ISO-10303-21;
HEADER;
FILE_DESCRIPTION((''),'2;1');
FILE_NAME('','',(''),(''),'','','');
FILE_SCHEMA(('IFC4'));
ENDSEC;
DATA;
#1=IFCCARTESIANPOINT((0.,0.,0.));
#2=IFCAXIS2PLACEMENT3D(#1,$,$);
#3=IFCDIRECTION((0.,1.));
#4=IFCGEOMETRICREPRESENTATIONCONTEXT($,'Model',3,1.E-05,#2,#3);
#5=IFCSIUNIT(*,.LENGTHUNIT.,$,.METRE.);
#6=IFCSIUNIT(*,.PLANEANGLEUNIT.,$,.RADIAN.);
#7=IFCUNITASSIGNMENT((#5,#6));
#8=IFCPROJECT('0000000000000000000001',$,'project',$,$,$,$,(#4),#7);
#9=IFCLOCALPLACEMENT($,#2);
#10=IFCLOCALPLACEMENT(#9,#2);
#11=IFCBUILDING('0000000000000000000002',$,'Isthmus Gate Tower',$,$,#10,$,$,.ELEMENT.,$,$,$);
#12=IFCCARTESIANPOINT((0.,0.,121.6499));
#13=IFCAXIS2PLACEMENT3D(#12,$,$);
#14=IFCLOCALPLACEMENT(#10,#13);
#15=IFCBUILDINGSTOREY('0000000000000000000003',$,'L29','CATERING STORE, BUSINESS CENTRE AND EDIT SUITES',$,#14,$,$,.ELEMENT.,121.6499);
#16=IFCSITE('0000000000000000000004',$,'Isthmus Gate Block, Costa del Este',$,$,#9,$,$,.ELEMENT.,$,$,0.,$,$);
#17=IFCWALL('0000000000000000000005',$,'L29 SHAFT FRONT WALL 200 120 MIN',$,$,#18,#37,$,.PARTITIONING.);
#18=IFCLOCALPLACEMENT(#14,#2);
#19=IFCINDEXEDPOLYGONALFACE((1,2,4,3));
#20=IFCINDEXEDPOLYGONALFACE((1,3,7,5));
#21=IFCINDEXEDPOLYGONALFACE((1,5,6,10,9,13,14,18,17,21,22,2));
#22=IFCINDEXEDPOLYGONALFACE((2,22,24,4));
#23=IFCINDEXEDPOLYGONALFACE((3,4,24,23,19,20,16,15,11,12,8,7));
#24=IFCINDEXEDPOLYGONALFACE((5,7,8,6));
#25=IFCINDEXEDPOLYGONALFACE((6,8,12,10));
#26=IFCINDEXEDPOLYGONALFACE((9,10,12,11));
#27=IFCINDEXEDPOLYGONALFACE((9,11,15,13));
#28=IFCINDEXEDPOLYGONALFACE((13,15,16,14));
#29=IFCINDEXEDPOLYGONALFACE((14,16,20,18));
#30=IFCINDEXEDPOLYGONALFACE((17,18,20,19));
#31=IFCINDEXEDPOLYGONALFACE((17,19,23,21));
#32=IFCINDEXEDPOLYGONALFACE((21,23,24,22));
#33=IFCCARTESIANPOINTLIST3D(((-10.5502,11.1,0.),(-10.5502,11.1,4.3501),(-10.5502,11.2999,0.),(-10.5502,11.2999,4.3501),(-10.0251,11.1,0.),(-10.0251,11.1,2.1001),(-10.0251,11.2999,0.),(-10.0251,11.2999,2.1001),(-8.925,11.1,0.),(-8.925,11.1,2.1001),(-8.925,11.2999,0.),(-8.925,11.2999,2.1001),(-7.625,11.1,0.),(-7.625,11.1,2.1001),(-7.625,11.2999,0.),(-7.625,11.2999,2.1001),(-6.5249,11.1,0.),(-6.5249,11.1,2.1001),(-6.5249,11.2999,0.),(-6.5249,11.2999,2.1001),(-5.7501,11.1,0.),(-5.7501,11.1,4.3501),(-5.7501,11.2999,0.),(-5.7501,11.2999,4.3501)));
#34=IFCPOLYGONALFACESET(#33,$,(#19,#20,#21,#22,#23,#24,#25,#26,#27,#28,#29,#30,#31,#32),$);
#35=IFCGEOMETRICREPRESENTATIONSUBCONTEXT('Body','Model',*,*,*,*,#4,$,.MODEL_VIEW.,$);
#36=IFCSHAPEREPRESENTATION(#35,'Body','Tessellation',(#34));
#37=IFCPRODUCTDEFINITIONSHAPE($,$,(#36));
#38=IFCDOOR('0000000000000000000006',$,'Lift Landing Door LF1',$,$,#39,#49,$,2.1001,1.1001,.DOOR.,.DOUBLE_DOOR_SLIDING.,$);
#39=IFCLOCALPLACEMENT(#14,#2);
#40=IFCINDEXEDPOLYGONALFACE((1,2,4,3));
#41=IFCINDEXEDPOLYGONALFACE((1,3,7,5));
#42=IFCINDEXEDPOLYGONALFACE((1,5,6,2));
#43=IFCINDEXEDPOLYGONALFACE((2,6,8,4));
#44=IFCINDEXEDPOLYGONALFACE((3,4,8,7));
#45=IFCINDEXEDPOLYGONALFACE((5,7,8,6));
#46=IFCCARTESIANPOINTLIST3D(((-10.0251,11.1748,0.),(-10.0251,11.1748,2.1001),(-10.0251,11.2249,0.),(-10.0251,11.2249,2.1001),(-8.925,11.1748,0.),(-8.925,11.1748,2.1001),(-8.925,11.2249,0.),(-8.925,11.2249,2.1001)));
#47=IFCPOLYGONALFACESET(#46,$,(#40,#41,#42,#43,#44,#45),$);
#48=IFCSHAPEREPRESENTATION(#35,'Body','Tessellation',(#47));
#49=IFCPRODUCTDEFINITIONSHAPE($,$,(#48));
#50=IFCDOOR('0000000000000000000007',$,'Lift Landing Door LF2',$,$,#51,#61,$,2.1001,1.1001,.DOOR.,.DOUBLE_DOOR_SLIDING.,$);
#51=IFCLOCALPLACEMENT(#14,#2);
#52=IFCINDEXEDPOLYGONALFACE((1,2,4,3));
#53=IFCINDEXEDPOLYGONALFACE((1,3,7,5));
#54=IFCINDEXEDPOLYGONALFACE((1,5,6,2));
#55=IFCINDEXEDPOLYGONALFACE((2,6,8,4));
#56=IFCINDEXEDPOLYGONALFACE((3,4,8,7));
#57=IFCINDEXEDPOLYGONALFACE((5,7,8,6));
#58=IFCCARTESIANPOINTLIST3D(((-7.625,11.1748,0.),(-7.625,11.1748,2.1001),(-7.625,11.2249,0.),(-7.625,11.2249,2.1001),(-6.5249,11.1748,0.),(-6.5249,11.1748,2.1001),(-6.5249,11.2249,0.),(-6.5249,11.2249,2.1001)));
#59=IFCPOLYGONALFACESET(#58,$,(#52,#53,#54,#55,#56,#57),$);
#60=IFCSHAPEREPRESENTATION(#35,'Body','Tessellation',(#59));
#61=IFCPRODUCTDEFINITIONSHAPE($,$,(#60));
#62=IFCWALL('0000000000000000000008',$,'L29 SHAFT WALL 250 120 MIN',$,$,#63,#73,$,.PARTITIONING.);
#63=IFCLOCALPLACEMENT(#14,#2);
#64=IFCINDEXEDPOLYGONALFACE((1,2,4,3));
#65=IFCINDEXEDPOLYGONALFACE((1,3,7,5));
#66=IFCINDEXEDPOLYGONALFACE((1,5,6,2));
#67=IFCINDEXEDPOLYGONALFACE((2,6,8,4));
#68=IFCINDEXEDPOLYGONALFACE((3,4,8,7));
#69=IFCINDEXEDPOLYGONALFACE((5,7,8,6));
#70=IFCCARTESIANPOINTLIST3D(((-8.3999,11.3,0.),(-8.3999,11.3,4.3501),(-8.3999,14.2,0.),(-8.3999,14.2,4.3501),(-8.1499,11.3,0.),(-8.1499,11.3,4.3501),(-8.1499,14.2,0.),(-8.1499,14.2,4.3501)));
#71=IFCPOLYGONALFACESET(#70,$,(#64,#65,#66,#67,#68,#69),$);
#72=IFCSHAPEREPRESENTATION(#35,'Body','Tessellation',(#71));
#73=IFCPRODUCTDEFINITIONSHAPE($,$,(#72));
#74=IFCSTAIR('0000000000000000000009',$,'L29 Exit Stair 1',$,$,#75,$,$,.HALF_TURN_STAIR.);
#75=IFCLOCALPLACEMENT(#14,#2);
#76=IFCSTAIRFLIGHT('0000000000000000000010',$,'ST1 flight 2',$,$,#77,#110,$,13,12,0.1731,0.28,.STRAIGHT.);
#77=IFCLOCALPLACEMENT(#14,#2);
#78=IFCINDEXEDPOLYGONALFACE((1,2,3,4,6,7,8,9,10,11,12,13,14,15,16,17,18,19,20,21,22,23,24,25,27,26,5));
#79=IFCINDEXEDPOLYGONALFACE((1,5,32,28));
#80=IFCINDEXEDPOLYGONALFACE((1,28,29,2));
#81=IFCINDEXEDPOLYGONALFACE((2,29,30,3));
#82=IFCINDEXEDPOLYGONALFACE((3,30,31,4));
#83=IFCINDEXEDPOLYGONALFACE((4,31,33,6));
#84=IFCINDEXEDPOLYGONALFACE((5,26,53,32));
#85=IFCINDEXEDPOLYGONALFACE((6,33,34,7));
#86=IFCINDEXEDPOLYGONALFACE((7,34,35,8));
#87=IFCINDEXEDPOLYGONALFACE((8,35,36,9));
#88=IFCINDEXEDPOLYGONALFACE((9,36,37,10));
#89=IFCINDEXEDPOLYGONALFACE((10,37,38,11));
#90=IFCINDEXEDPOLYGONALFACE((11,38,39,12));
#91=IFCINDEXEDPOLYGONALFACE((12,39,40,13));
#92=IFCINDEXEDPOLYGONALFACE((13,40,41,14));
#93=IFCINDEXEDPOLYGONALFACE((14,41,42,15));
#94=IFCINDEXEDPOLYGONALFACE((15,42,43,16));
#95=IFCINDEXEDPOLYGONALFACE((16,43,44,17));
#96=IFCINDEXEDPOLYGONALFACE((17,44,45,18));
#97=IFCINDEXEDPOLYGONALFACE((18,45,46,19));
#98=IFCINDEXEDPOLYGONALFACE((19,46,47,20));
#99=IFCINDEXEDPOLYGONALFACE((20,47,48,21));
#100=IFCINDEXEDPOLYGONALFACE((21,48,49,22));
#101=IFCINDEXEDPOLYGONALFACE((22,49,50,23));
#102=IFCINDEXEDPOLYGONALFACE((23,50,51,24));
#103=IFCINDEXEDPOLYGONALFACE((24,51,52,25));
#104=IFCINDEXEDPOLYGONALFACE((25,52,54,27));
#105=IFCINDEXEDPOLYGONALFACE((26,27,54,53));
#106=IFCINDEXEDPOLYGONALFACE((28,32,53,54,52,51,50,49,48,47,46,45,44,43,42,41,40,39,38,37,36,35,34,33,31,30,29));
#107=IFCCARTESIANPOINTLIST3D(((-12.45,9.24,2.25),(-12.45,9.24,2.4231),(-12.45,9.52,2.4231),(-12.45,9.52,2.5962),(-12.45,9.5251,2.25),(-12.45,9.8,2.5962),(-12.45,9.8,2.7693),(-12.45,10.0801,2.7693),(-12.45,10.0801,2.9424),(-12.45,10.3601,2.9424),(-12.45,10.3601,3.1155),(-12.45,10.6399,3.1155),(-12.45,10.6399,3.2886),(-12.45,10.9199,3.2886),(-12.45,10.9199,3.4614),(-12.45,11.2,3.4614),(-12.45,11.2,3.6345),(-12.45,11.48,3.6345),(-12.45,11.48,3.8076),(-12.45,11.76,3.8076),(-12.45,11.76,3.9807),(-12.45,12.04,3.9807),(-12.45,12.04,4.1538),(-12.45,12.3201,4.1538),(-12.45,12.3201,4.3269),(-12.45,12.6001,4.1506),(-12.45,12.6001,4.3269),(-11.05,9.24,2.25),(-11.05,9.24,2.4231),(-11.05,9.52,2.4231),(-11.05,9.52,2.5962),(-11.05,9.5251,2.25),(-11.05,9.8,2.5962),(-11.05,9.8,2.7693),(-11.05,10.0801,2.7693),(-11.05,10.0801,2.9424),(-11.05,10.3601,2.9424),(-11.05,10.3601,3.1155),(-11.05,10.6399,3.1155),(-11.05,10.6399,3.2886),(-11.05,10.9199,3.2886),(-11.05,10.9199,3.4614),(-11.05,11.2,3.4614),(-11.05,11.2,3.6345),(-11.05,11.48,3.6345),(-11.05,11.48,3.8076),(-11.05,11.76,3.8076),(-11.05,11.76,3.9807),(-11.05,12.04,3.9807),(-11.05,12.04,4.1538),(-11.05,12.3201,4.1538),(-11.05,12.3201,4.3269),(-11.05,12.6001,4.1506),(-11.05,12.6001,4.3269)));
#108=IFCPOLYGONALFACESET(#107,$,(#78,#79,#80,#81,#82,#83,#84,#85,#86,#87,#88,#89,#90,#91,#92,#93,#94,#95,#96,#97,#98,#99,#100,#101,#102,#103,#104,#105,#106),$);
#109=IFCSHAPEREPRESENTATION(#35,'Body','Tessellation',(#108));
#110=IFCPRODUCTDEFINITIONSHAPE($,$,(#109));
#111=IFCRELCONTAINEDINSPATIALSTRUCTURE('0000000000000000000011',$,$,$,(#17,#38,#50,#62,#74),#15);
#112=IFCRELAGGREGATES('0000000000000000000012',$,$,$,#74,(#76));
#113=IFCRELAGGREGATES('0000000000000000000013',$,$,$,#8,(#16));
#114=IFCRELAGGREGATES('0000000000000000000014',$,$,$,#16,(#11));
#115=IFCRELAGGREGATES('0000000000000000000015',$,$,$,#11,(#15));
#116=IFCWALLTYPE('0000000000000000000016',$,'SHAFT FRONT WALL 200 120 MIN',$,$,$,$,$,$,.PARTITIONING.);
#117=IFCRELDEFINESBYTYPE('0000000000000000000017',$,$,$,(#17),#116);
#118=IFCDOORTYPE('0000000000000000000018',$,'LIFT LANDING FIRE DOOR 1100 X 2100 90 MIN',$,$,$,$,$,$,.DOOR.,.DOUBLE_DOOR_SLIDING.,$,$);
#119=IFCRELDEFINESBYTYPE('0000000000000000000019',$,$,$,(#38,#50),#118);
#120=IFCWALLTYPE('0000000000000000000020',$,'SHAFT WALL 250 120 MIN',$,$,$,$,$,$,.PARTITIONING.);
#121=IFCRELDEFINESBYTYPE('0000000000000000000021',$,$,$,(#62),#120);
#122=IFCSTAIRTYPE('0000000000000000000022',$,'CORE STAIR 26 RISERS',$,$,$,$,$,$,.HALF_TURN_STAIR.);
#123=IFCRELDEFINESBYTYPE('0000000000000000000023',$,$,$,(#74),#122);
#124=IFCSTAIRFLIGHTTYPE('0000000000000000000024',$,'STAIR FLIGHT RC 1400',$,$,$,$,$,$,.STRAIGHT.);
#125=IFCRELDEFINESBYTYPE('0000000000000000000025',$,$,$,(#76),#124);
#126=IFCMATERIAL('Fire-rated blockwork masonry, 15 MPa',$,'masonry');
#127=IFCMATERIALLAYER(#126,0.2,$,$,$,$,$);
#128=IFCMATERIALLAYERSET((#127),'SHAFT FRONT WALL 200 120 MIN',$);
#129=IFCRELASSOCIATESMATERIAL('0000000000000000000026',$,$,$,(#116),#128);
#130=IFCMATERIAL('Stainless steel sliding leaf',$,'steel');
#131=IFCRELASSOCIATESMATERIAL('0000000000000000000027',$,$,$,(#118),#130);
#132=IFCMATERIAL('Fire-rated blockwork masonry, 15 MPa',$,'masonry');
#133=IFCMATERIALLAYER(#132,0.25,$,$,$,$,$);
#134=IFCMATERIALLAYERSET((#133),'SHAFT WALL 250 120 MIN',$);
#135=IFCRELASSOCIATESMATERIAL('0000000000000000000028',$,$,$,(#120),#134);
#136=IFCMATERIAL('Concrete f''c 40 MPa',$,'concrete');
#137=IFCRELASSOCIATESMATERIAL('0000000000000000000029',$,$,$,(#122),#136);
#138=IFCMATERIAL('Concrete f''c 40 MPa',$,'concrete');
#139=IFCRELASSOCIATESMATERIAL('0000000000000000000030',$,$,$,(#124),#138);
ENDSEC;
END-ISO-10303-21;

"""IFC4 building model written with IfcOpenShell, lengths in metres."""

from ifc_helpers import new_model, si_unit, direction, frame, frame_2d, origin, place, context, subcontext, project, spatial, polyline, rectangle, outline, extrude, material, layer, layer_set, type_object, element, fill, aggregate, save


model = new_model("IFC4")

# Units and contexts
model_context = context("Model", 3, precision=1e-05, world=origin(), true_north=direction((0.0, 1.0)))
body_context = subcontext(model_context, "Body", "Model", "MODEL_VIEW")
ifc_project = project(units=[si_unit("LENGTHUNIT", "METRE"), si_unit("PLANEANGLEUNIT", "RADIAN")], contexts=[model_context])

# Site, building, storey
site_placement = place(None, origin())
site = spatial("IfcSite", under=ifc_project, at=site_placement, Name="Isthmus Gate Block, Costa del Este", CompositionType="ELEMENT", RefElevation=0.0)
building_placement = place(site_placement, origin())
building = spatial("IfcBuilding", under=site, at=building_placement, Name="Isthmus Gate Tower", CompositionType="ELEMENT")
storey_placement = place(building_placement, frame((0.0, 0.0, 121.6499)))
storey = spatial("IfcBuildingStorey", under=building, at=storey_placement, Name="L29", Description="CATERING STORE, BUSINESS CENTRE AND EDIT SUITES", CompositionType="ELEMENT", Elevation=121.6499)

# Wall, openings, doors
ifc_material_1 = material(Name="Fire-rated blockwork masonry, 15 MPa", Category="masonry")
ifc_layer_1 = layer(ifc_material_1, 0.2)
ifc_layer_set_1 = layer_set([ifc_layer_1], Name="SHAFT FRONT WALL 200 120 MIN")
wall_type_1 = type_object("IfcWallType", Name="SHAFT FRONT WALL 200 120 MIN", PredefinedType="PARTITIONING", material=ifc_layer_set_1)
wall_1_placement = place(storey_placement, frame((-10.55, 11.2, 0.0), z_axis=(0.0, 0.0, 1.0), x_axis=(1.0, 0.0, 0.0)))
wall_1 = element("IfcWall", 1, at=wall_1_placement, inside=storey, type_object=wall_type_1, Name="L29 SHAFT FRONT WALL 200 120 MIN", PredefinedType="PARTITIONING", context=body_context, shape_type="SweptSolid", body=[
    extrude(rectangle(XDim=4.8, YDim=0.2, at=frame_2d((2.3999, 0.0))), origin(), (0.0, 0.0, 1.0), 4.3501),
])
opening_1_placement = place(wall_1_placement, frame((0.5249, 0.0, 0.0)))
opening_1 = element("IfcOpeningElement", 2, at=opening_1_placement, cuts=wall_1, PredefinedType="OPENING", context=body_context, shape_type="SweptSolid", body=[
    extrude(rectangle(XDim=1.1001, YDim=2.1001, at=frame_2d((0.55, 1.05))), frame((0.0, 0.1099, 0.0), z_axis=(0.0, -1.0, 0.0), x_axis=(1.0, 0.0, 0.0)), (0.0, 0.0, 1.0), 0.22),
])
opening_2_placement = place(wall_1_placement, frame((2.925, 0.0, 0.0)))
opening_2 = element("IfcOpeningElement", 3, at=opening_2_placement, cuts=wall_1, PredefinedType="OPENING", context=body_context, shape_type="SweptSolid", body=[
    extrude(rectangle(XDim=1.1001, YDim=2.1001, at=frame_2d((0.55, 1.05))), frame((0.0, 0.1099, 0.0), z_axis=(0.0, -1.0, 0.0), x_axis=(1.0, 0.0, 0.0)), (0.0, 0.0, 1.0), 0.22),
])
ifc_material_2 = material(Name="Stainless steel sliding leaf", Category="steel")
door_type_1 = type_object("IfcDoorType", Name="LIFT LANDING FIRE DOOR 1100 X 2100 90 MIN", OperationType="DOUBLE_DOOR_SLIDING", PredefinedType="DOOR", material=ifc_material_2)
door_1_placement = place(opening_1_placement, origin())
door_1 = element("IfcDoor", 4, at=door_1_placement, inside=storey, type_object=door_type_1, Name="Lift Landing Door LF1", OperationType="DOUBLE_DOOR_SLIDING", OverallHeight=2.1001, OverallWidth=1.1001, PredefinedType="DOOR", context=body_context, shape_type="SweptSolid", body=[
    extrude(rectangle(XDim=1.1001, YDim=2.1001, at=frame_2d((0.55, 1.05))), frame((0.0, 0.0249, 0.0), z_axis=(0.0, -1.0, 0.0), x_axis=(1.0, 0.0, 0.0)), (0.0, 0.0, 1.0), 0.05),
])
fill(opening_1, door_1)
door_2_placement = place(opening_2_placement, origin())
door_2 = element("IfcDoor", 5, at=door_2_placement, inside=storey, type_object=door_type_1, Name="Lift Landing Door LF2", OperationType="DOUBLE_DOOR_SLIDING", OverallHeight=2.1001, OverallWidth=1.1001, PredefinedType="DOOR", context=body_context, shape_type="SweptSolid", body=[
    extrude(rectangle(XDim=1.1001, YDim=2.1001, at=frame_2d((0.55, 1.05))), frame((0.0, 0.0249, 0.0), z_axis=(0.0, -1.0, 0.0), x_axis=(1.0, 0.0, 0.0)), (0.0, 0.0, 1.0), 0.05),
])
fill(opening_2, door_2)

# Wall
ifc_material_3 = material(Name="Fire-rated blockwork masonry, 15 MPa", Category="masonry")
ifc_layer_2 = layer(ifc_material_3, 0.25)
ifc_layer_set_2 = layer_set([ifc_layer_2], Name="SHAFT WALL 250 120 MIN")
wall_type_2 = type_object("IfcWallType", Name="SHAFT WALL 250 120 MIN", PredefinedType="PARTITIONING", material=ifc_layer_set_2)
wall_2_placement = place(storey_placement, frame((-8.2749, 11.3, 0.0), z_axis=(0.0, 0.0, 1.0), x_axis=(0.0, 1.0, 0.0)))
element("IfcWall", 6, at=wall_2_placement, inside=storey, type_object=wall_type_2, Name="L29 SHAFT WALL 250 120 MIN", PredefinedType="PARTITIONING", context=body_context, shape_type="SweptSolid", body=[
    extrude(rectangle(XDim=2.8999, YDim=0.25, at=frame_2d((1.45, 0.0))), origin(), (0.0, 0.0, 1.0), 4.3501),
])

# Stair, stair flight
ifc_material_4 = material(Name="Concrete f'c 40 MPa", Category="concrete")
stair_type = type_object("IfcStairType", Name="CORE STAIR 26 RISERS", PredefinedType="HALF_TURN_STAIR", material=ifc_material_4)
stair_placement = place(storey_placement, origin())
stair = element("IfcStair", 7, at=stair_placement, inside=storey, type_object=stair_type, Name="L29 Exit Stair 1", PredefinedType="HALF_TURN_STAIR")
ifc_material_5 = material(Name="Concrete f'c 40 MPa", Category="concrete")
stair_flight_type = type_object("IfcStairFlightType", Name="STAIR FLIGHT RC 1400", PredefinedType="STRAIGHT", material=ifc_material_5)
stair_flight_placement = place(storey_placement, frame((-11.75, 9.24, 2.25), z_axis=(0.0, 0.0, 1.0), x_axis=(0.0, 1.0, 0.0)))
stair_flight = element("IfcStairFlight", 8, at=stair_flight_placement, type_object=stair_flight_type, Name="ST1 flight 2", NumberOfRisers=13, NumberOfTreads=12, PredefinedType="STRAIGHT", RiserHeight=0.1731, TreadLength=0.28, context=body_context, shape_type="SweptSolid", body=[
    extrude(outline(polyline([(0.0, 0.0), (0.0, 0.1731), (0.28, 0.1731), (0.28, 0.3462), (0.5601, 0.3462), (0.5601, 0.5193), (0.8401, 0.5193), (0.8401, 0.6924), (1.1201, 0.6924), (1.1201, 0.8655), (1.3999, 0.8655), (1.3999, 1.0386), (1.6799, 1.0386), (1.6799, 1.2114), (1.96, 1.2114), (1.96, 1.3845), (2.24, 1.3845), (2.24, 1.5576), (2.52, 1.5576), (2.52, 1.7307), (2.8, 1.7307), (2.8, 1.9038), (3.0801, 1.9038), (3.0801, 2.0769), (3.3601, 2.0769), (3.3601, 2.25), (3.3601, 1.9006), (0.2852, 0.0), (0.0, 0.0)])), frame((0.0, 0.7, 0.0), z_axis=(0.0, -1.0, 0.0), x_axis=(1.0, 0.0, 0.0)), (0.0, 0.0, 1.0), 1.3999),
])
aggregate(stair, [stair_flight])

save(model, "model.ifc")
